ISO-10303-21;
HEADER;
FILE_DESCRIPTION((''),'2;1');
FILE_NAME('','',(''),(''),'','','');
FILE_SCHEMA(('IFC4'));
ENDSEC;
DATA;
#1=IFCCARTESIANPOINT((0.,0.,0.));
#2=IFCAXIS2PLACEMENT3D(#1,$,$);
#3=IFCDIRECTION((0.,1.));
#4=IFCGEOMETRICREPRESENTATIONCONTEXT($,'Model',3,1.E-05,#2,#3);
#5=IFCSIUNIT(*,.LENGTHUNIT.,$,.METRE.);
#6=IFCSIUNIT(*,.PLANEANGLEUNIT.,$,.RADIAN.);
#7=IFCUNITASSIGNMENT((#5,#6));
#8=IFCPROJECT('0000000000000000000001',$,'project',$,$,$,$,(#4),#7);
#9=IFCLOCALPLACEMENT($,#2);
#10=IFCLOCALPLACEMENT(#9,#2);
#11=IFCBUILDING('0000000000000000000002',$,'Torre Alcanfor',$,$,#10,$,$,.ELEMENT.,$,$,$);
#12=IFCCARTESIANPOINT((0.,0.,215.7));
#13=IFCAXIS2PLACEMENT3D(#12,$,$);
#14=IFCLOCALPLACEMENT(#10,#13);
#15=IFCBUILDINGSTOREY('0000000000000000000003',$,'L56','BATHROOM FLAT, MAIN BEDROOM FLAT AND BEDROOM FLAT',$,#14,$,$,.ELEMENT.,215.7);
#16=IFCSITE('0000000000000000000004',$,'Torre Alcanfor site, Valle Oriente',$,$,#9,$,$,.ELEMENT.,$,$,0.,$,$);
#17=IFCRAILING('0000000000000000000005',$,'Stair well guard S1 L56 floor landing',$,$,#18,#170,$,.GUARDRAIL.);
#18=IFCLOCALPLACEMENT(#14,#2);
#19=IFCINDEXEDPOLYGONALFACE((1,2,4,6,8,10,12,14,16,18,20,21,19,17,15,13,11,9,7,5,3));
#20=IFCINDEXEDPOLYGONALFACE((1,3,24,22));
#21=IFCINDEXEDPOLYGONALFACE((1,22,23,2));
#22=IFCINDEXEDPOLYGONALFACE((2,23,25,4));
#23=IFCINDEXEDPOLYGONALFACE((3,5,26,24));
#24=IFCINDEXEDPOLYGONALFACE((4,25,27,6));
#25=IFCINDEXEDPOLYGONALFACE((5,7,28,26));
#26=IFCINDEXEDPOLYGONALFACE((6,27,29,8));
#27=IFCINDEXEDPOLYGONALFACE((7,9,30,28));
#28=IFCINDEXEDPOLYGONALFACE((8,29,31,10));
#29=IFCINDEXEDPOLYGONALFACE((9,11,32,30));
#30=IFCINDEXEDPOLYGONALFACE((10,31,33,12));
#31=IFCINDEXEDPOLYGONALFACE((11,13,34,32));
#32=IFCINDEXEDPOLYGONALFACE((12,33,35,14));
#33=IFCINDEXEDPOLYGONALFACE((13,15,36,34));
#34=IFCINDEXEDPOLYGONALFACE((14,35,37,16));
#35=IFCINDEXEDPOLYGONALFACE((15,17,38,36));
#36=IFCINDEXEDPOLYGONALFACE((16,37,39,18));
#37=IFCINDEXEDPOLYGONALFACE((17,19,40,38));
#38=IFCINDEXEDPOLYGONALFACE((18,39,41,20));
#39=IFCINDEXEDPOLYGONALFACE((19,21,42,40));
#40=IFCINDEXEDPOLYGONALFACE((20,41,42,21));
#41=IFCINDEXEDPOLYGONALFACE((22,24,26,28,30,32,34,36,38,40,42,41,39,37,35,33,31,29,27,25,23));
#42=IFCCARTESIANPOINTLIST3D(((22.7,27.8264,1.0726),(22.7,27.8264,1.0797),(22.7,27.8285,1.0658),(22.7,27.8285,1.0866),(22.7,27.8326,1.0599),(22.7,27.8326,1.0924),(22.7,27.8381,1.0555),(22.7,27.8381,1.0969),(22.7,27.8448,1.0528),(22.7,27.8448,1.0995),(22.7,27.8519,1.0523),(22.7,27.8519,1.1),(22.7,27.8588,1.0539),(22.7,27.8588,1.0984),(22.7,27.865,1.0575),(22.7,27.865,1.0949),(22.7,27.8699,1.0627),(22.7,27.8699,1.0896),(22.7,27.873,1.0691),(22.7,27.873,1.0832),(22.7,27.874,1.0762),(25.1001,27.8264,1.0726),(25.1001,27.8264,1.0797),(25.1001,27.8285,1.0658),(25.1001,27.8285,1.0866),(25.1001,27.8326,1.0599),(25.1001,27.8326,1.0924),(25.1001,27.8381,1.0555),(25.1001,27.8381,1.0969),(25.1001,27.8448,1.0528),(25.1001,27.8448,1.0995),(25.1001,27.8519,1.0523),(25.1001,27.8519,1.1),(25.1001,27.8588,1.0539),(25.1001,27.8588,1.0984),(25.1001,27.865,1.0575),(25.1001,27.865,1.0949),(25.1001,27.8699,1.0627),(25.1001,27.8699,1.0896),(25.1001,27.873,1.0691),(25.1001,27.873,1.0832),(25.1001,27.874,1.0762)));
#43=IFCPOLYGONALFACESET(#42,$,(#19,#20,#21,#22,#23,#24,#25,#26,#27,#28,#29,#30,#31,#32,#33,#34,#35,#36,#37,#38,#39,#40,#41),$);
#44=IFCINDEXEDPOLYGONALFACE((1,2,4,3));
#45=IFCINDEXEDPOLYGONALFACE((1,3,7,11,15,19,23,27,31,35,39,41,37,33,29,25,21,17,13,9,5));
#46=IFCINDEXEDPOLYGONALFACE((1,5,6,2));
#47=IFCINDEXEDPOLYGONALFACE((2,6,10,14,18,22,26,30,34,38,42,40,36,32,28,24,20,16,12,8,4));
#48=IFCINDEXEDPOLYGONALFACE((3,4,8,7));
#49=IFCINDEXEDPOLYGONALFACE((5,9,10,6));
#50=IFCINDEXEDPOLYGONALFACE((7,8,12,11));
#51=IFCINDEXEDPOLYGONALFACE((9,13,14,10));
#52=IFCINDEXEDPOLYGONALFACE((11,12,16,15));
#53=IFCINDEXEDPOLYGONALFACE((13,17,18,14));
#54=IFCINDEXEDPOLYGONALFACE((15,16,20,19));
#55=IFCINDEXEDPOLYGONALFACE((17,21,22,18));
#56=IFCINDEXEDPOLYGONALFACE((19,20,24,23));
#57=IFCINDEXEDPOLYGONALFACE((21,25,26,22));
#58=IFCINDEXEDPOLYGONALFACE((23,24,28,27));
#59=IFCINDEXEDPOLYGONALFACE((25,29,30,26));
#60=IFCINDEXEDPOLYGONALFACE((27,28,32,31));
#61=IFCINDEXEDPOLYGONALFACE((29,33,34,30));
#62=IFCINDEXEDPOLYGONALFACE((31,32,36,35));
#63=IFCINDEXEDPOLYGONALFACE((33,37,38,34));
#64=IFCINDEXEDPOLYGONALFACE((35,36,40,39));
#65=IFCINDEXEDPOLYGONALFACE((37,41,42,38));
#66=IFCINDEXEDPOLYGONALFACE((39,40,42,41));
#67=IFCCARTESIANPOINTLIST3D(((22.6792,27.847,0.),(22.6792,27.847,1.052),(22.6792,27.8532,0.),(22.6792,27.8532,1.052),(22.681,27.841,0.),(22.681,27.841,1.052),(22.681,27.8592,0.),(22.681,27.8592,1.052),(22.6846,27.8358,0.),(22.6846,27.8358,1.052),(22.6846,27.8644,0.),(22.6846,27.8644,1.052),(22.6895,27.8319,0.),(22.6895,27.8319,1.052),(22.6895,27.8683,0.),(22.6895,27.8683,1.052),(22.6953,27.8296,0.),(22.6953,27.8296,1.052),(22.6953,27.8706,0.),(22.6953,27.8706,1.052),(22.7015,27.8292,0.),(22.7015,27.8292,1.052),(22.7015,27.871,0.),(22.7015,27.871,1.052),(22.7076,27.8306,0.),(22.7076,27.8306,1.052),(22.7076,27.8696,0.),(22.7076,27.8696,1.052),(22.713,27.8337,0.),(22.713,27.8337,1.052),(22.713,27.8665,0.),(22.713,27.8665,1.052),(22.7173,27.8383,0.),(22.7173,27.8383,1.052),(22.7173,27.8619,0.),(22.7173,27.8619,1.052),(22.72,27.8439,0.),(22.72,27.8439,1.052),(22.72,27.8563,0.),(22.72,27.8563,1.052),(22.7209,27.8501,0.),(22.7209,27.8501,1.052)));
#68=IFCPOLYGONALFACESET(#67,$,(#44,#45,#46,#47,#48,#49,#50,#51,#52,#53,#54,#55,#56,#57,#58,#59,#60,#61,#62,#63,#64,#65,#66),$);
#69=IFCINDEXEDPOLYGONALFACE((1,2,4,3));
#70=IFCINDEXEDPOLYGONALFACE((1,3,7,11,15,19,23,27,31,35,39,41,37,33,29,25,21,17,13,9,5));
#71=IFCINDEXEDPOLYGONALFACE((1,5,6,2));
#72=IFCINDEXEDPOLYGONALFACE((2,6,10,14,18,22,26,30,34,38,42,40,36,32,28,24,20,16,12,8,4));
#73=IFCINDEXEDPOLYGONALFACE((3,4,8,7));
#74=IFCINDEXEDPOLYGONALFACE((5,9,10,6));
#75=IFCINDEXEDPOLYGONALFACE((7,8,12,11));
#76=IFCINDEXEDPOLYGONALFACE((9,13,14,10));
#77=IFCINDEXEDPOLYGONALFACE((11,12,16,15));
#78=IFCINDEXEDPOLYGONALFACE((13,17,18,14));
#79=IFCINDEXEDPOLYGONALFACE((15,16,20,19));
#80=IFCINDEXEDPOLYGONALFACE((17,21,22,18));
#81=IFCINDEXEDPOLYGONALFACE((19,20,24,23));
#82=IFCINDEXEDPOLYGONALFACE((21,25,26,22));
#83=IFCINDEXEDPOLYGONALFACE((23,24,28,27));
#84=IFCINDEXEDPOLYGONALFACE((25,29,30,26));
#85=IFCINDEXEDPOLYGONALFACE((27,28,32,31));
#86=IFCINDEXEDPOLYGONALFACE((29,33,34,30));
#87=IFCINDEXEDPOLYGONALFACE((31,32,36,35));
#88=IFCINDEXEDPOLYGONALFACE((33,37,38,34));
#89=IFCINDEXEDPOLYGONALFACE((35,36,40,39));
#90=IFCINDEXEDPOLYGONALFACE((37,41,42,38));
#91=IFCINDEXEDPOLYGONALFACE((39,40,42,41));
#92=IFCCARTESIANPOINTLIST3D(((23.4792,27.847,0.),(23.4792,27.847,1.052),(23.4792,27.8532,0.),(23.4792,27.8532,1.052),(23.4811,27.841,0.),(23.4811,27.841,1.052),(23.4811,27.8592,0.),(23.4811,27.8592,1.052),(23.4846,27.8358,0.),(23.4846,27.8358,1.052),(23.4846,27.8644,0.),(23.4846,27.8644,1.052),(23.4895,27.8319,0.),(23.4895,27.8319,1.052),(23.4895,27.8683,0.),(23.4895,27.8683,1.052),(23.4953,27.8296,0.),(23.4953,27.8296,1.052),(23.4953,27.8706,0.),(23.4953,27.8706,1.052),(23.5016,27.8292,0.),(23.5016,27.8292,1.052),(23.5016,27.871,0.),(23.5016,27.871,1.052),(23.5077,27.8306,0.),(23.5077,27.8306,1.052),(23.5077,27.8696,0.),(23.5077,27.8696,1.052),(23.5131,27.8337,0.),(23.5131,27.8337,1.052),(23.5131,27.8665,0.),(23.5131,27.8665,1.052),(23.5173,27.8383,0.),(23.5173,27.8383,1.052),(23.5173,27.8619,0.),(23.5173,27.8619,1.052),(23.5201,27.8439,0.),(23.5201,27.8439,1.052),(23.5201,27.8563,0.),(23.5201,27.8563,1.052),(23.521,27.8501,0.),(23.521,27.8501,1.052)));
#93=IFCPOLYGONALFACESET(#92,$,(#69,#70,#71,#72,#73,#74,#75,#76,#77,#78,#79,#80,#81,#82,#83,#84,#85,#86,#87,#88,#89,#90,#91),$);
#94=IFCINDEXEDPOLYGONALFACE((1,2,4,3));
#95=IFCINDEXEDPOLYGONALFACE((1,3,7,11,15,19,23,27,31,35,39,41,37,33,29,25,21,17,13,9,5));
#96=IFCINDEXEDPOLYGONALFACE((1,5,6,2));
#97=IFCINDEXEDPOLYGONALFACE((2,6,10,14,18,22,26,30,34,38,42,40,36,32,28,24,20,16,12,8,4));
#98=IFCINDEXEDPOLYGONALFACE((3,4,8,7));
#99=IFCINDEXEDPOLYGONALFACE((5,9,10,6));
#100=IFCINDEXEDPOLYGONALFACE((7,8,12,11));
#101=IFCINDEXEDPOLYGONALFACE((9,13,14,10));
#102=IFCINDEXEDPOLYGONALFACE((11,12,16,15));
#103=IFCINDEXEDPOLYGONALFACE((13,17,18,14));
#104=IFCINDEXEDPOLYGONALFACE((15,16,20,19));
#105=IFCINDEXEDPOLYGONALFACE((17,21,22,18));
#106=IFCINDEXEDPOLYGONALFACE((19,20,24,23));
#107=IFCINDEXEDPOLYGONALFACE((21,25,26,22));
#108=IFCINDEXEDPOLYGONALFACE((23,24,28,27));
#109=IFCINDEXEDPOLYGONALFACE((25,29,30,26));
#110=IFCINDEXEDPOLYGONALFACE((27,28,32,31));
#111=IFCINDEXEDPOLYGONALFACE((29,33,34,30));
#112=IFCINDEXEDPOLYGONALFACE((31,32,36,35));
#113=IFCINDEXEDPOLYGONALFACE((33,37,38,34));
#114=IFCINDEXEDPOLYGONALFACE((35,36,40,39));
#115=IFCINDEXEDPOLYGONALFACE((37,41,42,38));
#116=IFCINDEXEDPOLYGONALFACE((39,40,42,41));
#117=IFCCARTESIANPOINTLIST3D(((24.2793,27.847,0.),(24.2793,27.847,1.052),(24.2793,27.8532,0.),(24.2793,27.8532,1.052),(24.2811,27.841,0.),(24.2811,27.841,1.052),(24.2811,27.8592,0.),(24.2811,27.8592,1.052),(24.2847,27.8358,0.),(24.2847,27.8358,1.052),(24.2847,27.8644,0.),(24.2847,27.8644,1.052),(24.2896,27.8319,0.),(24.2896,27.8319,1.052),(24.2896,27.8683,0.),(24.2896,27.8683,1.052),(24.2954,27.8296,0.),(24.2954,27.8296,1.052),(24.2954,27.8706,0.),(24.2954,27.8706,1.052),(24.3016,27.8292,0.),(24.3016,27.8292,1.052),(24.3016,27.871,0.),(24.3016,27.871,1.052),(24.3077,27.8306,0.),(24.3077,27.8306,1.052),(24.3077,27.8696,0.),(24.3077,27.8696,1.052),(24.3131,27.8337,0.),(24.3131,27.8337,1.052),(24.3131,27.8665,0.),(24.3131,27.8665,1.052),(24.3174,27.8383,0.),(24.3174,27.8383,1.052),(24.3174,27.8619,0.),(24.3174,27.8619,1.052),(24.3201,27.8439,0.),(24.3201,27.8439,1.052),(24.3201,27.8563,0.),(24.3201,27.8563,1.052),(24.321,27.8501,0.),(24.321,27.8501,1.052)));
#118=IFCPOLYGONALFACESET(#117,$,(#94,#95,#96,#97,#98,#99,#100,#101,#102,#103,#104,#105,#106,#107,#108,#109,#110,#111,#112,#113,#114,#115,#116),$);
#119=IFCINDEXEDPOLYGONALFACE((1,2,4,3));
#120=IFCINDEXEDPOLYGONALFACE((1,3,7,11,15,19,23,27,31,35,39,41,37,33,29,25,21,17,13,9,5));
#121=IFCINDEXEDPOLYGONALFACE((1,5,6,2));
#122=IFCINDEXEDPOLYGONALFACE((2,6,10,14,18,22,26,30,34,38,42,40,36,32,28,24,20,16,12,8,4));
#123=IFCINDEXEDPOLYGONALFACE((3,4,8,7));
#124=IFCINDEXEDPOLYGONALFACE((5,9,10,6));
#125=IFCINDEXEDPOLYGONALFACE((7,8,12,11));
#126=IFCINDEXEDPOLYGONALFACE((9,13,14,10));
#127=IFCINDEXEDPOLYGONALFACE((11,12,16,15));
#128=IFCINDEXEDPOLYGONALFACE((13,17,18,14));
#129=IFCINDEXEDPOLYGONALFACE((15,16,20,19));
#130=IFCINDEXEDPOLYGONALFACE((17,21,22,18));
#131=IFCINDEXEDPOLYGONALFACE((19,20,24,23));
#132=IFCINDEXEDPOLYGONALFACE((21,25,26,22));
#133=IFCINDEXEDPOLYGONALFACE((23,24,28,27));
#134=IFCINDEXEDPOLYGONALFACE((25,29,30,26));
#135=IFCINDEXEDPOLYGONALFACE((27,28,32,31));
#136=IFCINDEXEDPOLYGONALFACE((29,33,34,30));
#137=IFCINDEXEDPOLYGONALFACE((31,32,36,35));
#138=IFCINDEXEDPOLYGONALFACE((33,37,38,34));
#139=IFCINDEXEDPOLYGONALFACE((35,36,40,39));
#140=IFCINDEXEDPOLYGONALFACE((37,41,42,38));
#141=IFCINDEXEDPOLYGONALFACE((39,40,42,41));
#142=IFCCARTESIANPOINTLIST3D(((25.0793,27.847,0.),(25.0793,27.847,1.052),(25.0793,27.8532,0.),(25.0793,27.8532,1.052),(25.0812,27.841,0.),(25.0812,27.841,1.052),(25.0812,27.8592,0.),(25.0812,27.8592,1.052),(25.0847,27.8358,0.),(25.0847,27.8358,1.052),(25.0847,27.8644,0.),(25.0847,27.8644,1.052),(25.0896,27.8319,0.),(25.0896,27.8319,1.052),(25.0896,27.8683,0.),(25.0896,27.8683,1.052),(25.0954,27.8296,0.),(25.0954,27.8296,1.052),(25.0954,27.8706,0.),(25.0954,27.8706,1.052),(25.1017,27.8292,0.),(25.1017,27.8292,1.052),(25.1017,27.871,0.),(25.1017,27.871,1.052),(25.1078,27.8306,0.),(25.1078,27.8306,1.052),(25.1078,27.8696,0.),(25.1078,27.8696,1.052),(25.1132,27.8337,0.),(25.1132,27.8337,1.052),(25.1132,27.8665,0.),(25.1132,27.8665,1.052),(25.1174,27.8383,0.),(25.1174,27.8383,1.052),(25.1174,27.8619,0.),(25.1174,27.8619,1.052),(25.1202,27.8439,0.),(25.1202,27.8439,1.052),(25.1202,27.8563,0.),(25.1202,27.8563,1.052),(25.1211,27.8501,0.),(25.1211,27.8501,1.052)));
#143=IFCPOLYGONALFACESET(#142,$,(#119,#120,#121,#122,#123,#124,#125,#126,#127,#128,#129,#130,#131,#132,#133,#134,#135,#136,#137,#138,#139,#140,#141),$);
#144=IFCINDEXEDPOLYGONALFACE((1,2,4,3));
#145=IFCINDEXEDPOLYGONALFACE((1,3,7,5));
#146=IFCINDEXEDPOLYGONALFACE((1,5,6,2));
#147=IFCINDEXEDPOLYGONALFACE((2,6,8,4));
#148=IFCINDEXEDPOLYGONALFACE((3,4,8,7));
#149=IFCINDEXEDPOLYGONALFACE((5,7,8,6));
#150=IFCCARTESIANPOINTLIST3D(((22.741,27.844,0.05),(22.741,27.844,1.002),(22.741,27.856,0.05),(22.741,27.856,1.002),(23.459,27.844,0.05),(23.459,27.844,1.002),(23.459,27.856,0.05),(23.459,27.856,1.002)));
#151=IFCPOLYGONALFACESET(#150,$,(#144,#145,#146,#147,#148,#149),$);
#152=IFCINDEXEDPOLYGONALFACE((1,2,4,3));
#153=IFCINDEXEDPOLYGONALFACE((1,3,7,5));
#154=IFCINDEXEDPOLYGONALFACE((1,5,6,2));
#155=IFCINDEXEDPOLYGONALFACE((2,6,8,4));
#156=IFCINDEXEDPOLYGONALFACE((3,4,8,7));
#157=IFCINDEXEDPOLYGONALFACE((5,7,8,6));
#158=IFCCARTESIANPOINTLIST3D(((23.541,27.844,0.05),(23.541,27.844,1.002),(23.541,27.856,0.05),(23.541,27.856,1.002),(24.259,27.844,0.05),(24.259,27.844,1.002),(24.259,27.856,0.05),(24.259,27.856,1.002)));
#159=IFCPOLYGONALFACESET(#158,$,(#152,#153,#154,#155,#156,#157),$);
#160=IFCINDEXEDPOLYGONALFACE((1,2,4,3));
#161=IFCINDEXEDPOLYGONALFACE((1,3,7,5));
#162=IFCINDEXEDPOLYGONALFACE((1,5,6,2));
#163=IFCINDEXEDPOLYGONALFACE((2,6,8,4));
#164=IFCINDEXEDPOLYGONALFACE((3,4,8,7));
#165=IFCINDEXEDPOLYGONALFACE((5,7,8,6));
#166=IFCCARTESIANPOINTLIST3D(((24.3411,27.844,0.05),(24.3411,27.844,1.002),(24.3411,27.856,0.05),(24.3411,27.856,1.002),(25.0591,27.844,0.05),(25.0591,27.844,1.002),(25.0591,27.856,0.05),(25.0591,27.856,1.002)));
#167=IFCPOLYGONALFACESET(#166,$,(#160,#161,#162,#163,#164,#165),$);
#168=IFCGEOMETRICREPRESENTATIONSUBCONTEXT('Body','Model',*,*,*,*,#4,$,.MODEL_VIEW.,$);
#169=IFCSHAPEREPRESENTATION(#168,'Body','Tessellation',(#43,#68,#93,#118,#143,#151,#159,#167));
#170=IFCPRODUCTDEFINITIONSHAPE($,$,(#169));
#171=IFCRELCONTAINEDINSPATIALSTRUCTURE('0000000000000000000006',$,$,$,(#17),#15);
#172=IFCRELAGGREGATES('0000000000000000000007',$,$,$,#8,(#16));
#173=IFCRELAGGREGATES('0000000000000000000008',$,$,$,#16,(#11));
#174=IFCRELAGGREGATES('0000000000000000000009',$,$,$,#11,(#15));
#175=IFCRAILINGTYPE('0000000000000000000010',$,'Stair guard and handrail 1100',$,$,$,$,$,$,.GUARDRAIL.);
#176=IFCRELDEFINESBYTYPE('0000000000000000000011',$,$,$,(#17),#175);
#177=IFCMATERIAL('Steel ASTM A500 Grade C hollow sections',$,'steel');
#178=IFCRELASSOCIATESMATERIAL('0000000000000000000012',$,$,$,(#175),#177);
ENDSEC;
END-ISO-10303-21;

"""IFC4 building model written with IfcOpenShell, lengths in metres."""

from ifc_helpers import new_model, si_unit, direction, frame, origin, origin_2d, place, context, subcontext, project, spatial, polyline, circle, outline, extrude, material, type_object, element, save


model = new_model("IFC4")

# Units and contexts
model_context = context("Model", 3, precision=1e-05, world=origin(), true_north=direction((0.0, 1.0)))
body_context = subcontext(model_context, "Body", "Model", "MODEL_VIEW")
ifc_project = project(units=[si_unit("LENGTHUNIT", "METRE"), si_unit("PLANEANGLEUNIT", "RADIAN")], contexts=[model_context])

# Site, building, storey
site_placement = place(None, origin())
site = spatial("IfcSite", under=ifc_project, at=site_placement, Name="Torre Alcanfor site, Valle Oriente", CompositionType="ELEMENT", RefElevation=0.0)
building_placement = place(site_placement, origin())
building = spatial("IfcBuilding", under=site, at=building_placement, Name="Torre Alcanfor", CompositionType="ELEMENT")
storey_placement = place(building_placement, frame((0.0, 0.0, 215.7)))
storey = spatial("IfcBuildingStorey", under=building, at=storey_placement, Name="L56", Description="BATHROOM FLAT, MAIN BEDROOM FLAT AND BEDROOM FLAT", CompositionType="ELEMENT", Elevation=215.7)

# Railing
ifc_material_1 = material(Name="Steel ASTM A500 Grade C hollow sections", Category="steel")
railing_type = type_object("IfcRailingType", Name="Stair guard and handrail 1100", PredefinedType="GUARDRAIL", material=ifc_material_1)
railing_1_placement = place(storey_placement, frame((22.7, 27.8501, 0.0)))
element("IfcRailing", 1, at=railing_1_placement, inside=storey, type_object=railing_type, Name="Stair well guard S1 L56 floor landing", PredefinedType="GUARDRAIL", context=body_context, shape_type="SweptSolid", body=[
    extrude(circle(Radius=0.0239, at=origin_2d()), frame((0.0, 0.0, 1.0762), z_axis=(1.0, 0.0, 0.0), x_axis=(0.0, 1.0, 0.0)), (0.0, 0.0, 1.0), 2.4001),
    extrude(circle(Radius=0.021, at=origin_2d()), origin(), (0.0, 0.0, 1.0), 1.052),
    extrude(circle(Radius=0.021, at=origin_2d()), frame((0.8, 0.0, 0.0)), (0.0, 0.0, 1.0), 1.052),
    extrude(circle(Radius=0.021, at=origin_2d()), frame((1.6001, 0.0, 0.0)), (0.0, 0.0, 1.0), 1.052),
    extrude(circle(Radius=0.021, at=origin_2d()), frame((2.4001, 0.0, 0.0)), (0.0, 0.0, 1.0), 1.052),
    extrude(outline(polyline([(0.041, 0.05), (0.759, 0.05), (0.759, 1.002), (0.041, 1.002), (0.041, 0.05)])), frame((0.0, 0.0059, 0.0), z_axis=(0.0, -1.0, 0.0), x_axis=(1.0, 0.0, 0.0)), (0.0, 0.0, 1.0), 0.012),
    extrude(outline(polyline([(0.8411, 0.05), (1.5591, 0.05), (1.5591, 1.002), (0.8411, 1.002), (0.8411, 0.05)])), frame((0.0, 0.0059, 0.0), z_axis=(0.0, -1.0, 0.0), x_axis=(1.0, 0.0, 0.0)), (0.0, 0.0, 1.0), 0.012),
    extrude(outline(polyline([(1.6411, 0.05), (2.3591, 0.05), (2.3591, 1.002), (1.6411, 1.002), (1.6411, 0.05)])), frame((0.0, 0.0059, 0.0), z_axis=(0.0, -1.0, 0.0), x_axis=(1.0, 0.0, 0.0)), (0.0, 0.0, 1.0), 0.012),
])

save(model, "model.ifc")
